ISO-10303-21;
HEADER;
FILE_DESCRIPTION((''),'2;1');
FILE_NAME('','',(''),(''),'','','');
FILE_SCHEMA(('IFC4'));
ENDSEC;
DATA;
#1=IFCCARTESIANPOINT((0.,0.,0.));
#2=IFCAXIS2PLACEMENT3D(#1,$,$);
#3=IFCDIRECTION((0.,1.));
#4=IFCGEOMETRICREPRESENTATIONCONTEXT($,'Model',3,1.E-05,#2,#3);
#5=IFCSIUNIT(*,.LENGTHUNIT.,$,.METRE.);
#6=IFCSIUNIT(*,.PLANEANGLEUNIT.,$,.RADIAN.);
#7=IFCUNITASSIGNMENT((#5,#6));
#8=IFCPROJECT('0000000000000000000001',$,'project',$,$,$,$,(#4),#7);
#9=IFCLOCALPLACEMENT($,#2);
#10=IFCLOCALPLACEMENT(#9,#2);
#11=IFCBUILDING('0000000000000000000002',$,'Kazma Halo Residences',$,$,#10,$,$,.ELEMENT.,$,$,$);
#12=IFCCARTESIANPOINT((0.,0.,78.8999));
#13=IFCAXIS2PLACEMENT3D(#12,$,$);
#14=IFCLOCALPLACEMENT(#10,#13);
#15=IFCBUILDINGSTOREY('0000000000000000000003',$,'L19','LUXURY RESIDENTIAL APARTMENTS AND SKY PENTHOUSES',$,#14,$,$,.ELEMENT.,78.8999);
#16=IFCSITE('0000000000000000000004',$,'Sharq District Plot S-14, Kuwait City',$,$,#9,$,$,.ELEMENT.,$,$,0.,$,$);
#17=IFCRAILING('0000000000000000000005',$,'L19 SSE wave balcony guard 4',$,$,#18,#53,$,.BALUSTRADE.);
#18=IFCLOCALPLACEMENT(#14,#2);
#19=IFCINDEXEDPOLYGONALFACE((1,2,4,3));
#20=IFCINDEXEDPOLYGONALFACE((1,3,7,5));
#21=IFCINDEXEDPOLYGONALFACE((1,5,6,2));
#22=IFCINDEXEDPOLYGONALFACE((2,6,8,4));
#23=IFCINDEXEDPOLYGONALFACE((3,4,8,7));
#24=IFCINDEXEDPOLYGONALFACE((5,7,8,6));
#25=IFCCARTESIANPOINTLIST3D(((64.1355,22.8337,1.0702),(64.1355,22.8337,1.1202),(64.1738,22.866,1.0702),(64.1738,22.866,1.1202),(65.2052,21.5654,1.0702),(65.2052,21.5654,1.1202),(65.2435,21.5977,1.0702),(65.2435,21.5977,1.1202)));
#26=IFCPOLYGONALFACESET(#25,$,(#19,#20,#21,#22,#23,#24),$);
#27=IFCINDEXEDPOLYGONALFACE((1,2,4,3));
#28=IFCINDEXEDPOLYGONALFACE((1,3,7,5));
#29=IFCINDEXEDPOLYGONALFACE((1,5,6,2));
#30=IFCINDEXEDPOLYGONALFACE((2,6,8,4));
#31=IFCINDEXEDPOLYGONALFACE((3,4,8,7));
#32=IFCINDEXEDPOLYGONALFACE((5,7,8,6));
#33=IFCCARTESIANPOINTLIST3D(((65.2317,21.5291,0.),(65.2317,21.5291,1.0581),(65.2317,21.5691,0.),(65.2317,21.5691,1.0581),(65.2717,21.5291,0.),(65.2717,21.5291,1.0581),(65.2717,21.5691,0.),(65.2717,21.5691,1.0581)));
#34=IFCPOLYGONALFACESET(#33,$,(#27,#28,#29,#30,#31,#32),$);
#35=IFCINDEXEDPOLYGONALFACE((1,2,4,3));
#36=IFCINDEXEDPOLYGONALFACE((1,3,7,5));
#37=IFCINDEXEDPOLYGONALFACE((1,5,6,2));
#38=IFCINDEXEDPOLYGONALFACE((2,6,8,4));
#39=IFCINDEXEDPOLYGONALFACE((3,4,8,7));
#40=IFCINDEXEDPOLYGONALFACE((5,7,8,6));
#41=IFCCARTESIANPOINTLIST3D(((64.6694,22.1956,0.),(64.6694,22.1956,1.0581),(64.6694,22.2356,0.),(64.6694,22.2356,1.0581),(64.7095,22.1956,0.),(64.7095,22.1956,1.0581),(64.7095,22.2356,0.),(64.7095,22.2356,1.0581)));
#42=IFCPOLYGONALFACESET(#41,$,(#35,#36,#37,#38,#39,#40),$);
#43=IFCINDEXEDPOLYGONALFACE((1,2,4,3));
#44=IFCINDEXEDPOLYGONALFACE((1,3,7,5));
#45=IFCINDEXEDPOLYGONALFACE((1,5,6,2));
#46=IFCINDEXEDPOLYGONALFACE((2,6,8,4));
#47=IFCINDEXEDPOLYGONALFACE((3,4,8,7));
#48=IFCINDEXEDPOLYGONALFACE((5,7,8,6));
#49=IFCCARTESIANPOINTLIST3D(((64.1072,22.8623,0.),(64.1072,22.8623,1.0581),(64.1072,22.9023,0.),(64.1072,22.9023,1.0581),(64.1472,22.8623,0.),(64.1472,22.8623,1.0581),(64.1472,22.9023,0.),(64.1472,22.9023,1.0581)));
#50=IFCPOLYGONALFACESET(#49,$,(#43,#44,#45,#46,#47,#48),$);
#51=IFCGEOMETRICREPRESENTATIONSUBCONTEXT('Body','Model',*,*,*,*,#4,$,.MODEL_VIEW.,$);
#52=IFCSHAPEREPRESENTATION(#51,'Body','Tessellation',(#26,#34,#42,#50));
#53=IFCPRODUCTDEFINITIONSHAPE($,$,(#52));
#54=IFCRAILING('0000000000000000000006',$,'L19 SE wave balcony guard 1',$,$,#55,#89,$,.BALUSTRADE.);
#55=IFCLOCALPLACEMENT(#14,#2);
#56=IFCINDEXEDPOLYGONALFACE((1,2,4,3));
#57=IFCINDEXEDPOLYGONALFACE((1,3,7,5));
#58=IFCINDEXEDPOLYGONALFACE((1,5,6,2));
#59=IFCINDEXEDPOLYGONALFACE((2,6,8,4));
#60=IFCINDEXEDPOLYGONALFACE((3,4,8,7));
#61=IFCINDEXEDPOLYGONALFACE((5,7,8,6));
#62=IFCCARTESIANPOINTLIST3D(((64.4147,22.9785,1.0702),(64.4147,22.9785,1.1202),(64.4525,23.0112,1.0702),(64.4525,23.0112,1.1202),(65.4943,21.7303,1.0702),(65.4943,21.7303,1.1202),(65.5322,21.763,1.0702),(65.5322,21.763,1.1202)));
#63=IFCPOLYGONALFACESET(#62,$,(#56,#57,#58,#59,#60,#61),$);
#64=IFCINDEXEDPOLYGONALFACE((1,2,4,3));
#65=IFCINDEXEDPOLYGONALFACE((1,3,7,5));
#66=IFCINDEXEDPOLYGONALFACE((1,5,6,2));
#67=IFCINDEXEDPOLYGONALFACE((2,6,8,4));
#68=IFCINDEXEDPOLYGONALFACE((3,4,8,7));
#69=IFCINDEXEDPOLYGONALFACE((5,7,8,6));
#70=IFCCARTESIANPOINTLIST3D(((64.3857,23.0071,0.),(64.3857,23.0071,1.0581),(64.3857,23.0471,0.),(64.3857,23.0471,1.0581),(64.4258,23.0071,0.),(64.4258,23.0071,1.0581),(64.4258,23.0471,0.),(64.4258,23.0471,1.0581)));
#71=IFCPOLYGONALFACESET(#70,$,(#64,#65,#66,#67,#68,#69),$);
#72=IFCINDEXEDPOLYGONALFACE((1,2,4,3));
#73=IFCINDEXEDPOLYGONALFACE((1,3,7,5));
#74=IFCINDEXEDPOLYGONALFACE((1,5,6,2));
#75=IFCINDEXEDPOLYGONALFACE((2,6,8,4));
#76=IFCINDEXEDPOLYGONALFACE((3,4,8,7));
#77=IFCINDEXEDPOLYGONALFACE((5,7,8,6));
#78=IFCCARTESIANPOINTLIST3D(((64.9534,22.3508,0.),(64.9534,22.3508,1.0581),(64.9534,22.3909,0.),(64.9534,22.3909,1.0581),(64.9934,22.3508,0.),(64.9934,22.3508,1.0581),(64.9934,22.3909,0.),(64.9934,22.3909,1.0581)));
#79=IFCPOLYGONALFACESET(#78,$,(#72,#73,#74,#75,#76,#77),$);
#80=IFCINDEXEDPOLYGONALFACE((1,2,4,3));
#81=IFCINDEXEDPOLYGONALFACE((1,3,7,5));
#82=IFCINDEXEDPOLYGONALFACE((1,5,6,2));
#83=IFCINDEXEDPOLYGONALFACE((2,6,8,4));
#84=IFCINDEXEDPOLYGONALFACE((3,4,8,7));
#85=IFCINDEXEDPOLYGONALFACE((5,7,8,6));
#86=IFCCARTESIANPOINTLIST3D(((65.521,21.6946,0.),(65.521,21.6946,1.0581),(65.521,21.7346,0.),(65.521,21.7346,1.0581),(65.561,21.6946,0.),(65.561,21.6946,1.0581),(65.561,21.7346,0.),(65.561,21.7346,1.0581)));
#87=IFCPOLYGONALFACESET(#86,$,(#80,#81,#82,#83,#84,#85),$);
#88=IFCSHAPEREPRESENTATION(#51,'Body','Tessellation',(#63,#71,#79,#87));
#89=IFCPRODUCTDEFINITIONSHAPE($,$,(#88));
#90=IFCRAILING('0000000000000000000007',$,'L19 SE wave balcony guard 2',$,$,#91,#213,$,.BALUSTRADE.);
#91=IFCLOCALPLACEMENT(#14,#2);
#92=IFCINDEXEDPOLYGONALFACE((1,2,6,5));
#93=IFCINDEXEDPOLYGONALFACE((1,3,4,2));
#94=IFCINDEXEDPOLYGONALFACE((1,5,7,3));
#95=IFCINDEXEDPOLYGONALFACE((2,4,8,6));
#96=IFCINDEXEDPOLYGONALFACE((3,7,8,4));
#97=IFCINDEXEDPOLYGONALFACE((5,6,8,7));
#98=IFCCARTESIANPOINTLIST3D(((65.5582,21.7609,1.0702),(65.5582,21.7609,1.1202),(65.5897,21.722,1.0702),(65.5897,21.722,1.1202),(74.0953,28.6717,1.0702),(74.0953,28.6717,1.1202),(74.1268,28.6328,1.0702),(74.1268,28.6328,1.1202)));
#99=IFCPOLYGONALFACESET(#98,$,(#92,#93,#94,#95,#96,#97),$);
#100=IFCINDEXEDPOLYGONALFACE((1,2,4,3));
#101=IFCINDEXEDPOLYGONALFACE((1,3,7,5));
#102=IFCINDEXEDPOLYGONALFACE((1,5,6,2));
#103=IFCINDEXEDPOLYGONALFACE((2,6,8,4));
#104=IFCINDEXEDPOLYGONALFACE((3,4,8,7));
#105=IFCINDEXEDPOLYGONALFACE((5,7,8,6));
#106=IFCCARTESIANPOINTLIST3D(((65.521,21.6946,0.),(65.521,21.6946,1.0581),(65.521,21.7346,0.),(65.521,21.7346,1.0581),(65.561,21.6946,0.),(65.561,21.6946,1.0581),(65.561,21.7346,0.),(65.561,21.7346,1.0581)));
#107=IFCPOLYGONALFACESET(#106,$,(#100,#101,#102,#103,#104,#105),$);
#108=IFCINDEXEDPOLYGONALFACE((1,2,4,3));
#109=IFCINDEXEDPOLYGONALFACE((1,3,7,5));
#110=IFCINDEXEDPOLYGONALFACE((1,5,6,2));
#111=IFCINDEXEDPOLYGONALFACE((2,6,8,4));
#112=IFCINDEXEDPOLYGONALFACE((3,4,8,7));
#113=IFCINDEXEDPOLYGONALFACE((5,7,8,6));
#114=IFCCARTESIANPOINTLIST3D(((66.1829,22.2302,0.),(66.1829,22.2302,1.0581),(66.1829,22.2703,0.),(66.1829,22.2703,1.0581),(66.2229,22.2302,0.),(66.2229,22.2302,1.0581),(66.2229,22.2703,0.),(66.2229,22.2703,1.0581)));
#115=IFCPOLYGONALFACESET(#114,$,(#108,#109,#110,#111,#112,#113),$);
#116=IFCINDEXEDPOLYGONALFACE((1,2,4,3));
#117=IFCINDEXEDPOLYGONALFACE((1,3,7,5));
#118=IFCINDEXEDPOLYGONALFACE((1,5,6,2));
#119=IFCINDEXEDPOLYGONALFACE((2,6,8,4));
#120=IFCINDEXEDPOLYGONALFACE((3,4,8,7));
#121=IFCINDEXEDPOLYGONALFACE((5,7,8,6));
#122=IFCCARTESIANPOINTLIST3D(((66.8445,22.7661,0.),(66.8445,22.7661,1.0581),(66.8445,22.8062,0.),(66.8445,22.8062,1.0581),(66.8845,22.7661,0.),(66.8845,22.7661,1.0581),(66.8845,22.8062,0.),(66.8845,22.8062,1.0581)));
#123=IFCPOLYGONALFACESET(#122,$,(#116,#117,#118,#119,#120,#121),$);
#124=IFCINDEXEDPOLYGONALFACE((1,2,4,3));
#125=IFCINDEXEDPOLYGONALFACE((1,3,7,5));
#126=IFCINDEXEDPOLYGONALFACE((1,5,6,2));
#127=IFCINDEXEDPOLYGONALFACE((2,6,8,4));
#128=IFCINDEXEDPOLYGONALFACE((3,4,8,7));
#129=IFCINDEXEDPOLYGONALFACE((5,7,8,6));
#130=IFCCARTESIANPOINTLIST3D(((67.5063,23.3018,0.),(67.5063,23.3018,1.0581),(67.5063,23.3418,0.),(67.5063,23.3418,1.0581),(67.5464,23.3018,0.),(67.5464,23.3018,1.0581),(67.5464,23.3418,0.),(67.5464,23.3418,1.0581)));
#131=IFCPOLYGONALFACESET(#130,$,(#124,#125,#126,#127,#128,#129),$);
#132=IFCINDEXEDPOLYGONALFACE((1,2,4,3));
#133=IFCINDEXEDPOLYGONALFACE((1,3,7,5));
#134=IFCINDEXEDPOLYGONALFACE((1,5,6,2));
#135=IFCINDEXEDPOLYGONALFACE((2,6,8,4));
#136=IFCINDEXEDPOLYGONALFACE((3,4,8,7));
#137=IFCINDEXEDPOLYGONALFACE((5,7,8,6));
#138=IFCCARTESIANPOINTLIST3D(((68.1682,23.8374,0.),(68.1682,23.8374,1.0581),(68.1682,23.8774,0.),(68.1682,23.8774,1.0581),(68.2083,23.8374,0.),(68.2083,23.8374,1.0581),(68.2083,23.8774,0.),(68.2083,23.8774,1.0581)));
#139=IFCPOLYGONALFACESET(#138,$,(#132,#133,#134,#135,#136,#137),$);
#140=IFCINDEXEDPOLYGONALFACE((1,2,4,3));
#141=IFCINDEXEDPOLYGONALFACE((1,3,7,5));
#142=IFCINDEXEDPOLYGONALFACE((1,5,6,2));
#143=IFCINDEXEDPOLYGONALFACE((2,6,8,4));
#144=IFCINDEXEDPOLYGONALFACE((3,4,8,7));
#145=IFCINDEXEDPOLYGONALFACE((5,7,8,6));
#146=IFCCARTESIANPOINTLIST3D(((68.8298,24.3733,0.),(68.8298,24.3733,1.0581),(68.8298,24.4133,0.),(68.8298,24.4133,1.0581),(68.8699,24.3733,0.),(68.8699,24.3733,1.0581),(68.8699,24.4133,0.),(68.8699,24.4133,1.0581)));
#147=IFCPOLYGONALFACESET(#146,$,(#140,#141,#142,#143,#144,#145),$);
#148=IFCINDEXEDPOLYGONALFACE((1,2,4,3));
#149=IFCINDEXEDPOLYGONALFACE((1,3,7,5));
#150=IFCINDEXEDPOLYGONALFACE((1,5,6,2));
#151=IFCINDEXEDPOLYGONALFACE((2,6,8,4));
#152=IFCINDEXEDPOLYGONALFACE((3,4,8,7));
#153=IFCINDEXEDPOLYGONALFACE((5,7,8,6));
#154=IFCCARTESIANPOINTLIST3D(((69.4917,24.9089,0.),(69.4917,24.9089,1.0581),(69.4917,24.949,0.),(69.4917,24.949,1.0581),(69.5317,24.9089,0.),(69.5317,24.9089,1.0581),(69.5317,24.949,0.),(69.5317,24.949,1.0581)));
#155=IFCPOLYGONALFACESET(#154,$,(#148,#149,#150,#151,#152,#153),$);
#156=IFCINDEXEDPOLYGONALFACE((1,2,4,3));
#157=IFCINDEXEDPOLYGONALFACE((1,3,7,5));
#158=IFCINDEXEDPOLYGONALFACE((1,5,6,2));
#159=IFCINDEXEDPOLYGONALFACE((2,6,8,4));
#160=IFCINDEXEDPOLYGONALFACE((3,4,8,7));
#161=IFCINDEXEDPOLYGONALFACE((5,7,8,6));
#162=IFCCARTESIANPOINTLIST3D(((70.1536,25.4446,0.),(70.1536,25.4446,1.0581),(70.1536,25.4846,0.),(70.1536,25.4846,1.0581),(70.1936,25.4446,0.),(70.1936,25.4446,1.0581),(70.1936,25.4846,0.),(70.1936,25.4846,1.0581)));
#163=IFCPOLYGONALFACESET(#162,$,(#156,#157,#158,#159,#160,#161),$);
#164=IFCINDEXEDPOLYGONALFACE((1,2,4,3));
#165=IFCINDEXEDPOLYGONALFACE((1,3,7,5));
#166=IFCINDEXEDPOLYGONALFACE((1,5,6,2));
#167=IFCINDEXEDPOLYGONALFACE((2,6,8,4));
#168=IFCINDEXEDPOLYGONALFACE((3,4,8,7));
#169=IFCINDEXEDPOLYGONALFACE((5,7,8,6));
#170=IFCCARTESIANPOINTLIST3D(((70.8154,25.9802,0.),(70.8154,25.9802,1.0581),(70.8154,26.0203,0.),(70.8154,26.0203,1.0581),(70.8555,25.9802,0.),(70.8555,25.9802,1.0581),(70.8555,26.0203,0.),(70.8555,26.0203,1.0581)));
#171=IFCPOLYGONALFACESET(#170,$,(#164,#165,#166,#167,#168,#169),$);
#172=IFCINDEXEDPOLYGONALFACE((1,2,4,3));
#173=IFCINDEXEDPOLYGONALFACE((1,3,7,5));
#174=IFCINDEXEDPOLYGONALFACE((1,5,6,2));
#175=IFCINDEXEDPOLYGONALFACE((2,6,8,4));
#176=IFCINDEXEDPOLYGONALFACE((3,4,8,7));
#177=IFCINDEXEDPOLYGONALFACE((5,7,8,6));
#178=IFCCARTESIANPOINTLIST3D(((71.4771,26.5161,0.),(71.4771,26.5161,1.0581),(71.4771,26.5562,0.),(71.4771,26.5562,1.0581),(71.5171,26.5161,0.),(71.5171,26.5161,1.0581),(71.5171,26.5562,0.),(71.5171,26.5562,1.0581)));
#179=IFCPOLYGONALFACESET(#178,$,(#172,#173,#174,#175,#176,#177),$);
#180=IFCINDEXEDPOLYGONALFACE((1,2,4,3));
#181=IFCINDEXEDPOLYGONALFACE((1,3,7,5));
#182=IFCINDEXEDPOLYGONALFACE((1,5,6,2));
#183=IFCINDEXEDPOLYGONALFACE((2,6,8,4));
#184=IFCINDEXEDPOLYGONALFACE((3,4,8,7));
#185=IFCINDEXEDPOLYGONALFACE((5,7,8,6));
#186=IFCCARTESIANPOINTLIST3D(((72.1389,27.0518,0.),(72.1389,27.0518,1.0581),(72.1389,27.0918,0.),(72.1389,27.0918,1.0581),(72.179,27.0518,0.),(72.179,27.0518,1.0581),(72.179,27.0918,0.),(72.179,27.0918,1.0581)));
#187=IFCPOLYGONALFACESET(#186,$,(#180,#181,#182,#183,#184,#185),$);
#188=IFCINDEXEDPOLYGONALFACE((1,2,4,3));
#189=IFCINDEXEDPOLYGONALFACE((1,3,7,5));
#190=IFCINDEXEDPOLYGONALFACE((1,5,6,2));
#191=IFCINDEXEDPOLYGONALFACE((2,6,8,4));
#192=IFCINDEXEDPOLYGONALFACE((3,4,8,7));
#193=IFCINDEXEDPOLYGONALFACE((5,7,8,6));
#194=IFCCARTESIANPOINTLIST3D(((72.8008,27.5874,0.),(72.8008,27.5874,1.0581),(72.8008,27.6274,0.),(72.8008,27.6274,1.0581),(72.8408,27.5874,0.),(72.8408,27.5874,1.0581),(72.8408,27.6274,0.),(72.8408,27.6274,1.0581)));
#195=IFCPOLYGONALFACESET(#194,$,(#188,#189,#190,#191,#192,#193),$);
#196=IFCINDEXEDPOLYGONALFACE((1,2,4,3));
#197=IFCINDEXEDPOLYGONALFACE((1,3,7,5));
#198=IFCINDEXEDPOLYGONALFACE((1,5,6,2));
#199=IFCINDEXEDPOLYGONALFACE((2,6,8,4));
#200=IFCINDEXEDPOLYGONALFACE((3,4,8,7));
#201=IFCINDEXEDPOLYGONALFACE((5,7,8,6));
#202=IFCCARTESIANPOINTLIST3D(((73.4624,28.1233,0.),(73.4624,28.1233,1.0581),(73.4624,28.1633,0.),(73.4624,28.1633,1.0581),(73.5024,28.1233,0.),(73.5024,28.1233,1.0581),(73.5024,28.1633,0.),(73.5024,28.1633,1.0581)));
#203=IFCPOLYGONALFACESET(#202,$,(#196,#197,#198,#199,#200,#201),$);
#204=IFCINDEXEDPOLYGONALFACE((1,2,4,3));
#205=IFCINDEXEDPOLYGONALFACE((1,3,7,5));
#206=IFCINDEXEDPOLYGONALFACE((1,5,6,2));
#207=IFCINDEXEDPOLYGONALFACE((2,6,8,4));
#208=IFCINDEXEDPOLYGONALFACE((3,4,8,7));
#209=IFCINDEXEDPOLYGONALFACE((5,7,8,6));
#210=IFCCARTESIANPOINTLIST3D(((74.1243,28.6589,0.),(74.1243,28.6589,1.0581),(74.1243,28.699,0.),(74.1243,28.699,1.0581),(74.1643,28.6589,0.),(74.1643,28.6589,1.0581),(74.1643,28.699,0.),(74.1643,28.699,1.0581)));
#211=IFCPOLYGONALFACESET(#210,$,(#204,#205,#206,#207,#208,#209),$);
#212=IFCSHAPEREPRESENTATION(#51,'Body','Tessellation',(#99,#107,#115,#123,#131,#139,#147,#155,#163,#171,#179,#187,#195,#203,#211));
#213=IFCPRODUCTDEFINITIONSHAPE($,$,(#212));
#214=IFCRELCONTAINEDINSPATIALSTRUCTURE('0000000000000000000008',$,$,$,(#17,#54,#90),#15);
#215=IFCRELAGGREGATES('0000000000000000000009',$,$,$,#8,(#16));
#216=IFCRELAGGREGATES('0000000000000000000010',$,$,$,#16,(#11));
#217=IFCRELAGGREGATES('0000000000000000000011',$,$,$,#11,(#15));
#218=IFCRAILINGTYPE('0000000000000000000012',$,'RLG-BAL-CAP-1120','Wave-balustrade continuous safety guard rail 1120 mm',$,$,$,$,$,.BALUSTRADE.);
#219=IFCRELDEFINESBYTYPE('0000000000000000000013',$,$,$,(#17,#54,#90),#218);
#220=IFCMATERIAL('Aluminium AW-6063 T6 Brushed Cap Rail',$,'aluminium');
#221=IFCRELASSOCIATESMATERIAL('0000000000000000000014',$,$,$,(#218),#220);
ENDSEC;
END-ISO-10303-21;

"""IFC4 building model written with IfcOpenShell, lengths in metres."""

from ifc_helpers import new_model, si_unit, direction, frame, origin, origin_2d, place, context, subcontext, project, spatial, rectangle, extrude, material, type_object, element, save


model = new_model("IFC4")

# Units and contexts
model_context = context("Model", 3, precision=1e-05, world=origin(), true_north=direction((0.0, 1.0)))
body_context = subcontext(model_context, "Body", "Model", "MODEL_VIEW")
ifc_project = project(units=[si_unit("LENGTHUNIT", "METRE"), si_unit("PLANEANGLEUNIT", "RADIAN")], contexts=[model_context])

# Site, building, storey
site_placement = place(None, origin())
site = spatial("IfcSite", under=ifc_project, at=site_placement, Name="Sharq District Plot S-14, Kuwait City", CompositionType="ELEMENT", RefElevation=0.0)
building_placement = place(site_placement, origin())
building = spatial("IfcBuilding", under=site, at=building_placement, Name="Kazma Halo Residences", CompositionType="ELEMENT")
storey_placement = place(building_placement, frame((0.0, 0.0, 78.8999)))
storey = spatial("IfcBuildingStorey", under=building, at=storey_placement, Name="L19", Description="LUXURY RESIDENTIAL APARTMENTS AND SKY PENTHOUSES", CompositionType="ELEMENT", Elevation=78.8999)

# Railings
ifc_material_1 = material(Name="Aluminium AW-6063 T6 Brushed Cap Rail", Category="aluminium")
railing_type = type_object("IfcRailingType", Name="RLG-BAL-CAP-1120", Description="Wave-balustrade continuous safety guard rail 1120 mm", PredefinedType="BALUSTRADE", material=ifc_material_1)
railing_1_placement = place(storey_placement, frame((65.2517, 21.5491, 0.0)))
element("IfcRailing", 1, at=railing_1_placement, inside=storey, type_object=railing_type, Name="L19 SSE wave balcony guard 4", PredefinedType="BALUSTRADE", context=body_context, shape_type="SweptSolid", body=[
    extrude(rectangle(XDim=0.05, YDim=0.05, at=origin_2d()), frame((-0.0273, 0.0325, 1.0952), z_axis=(-0.64473, 0.76441, 0.0), x_axis=(-0.76441, -0.64473, 0.0)), (0.0, 0.0, 1.0), 1.6592),
    extrude(rectangle(XDim=0.04, YDim=0.04, at=origin_2d()), origin(), (0.0, 0.0, 1.0), 1.0581),
    extrude(rectangle(XDim=0.04, YDim=0.04, at=origin_2d()), frame((-0.5623, 0.6665, 0.0)), (0.0, 0.0, 1.0), 1.0581),
    extrude(rectangle(XDim=0.04, YDim=0.04, at=origin_2d()), frame((-1.1245, 1.3333, 0.0)), (0.0, 0.0, 1.0), 1.0581),
])
railing_2_placement = place(storey_placement, frame((64.4058, 23.0271, 0.0)))
element("IfcRailing", 2, at=railing_2_placement, inside=storey, type_object=railing_type, Name="L19 SE wave balcony guard 1", PredefinedType="BALUSTRADE", context=body_context, shape_type="SweptSolid", body=[
    extrude(rectangle(XDim=0.05, YDim=0.05, at=origin_2d()), frame((0.0278, -0.0322, 1.0952), z_axis=(0.654191, -0.756329, 0.0), x_axis=(0.756329, 0.654191, 0.0)), (0.0, 0.0, 1.0), 1.6504),
    extrude(rectangle(XDim=0.04, YDim=0.04, at=origin_2d()), origin(), (0.0, 0.0, 1.0), 1.0581),
    extrude(rectangle(XDim=0.04, YDim=0.04, at=origin_2d()), frame((0.5676, -0.6562, 0.0)), (0.0, 0.0, 1.0), 1.0581),
    extrude(rectangle(XDim=0.04, YDim=0.04, at=origin_2d()), frame((1.1353, -1.3125, 0.0)), (0.0, 0.0, 1.0), 1.0581),
])
railing_3_placement = place(storey_placement, frame((65.541, 21.7146, 0.0)))
element("IfcRailing", 3, at=railing_3_placement, inside=storey, type_object=railing_type, Name="L19 SE wave balcony guard 2", PredefinedType="BALUSTRADE", context=body_context, shape_type="SweptSolid", body=[
    extrude(rectangle(XDim=0.05, YDim=0.05, at=origin_2d()), frame((0.033, 0.0269, 1.0952), z_axis=(0.777254, 0.629187, 0.0), x_axis=(-0.629187, 0.777254, 0.0)), (0.0, 0.0, 1.0), 10.9836),
    extrude(rectangle(XDim=0.04, YDim=0.04, at=origin_2d()), origin(), (0.0, 0.0, 1.0), 1.0581),
    extrude(rectangle(XDim=0.04, YDim=0.04, at=origin_2d()), frame((0.6619, 0.5356, 0.0)), (0.0, 0.0, 1.0), 1.0581),
    extrude(rectangle(XDim=0.04, YDim=0.04, at=origin_2d()), frame((1.3235, 1.0715, 0.0)), (0.0, 0.0, 1.0), 1.0581),
    extrude(rectangle(XDim=0.04, YDim=0.04, at=origin_2d()), frame((1.9854, 1.6072, 0.0)), (0.0, 0.0, 1.0), 1.0581),
    extrude(rectangle(XDim=0.04, YDim=0.04, at=origin_2d()), frame((2.6472, 2.1428, 0.0)), (0.0, 0.0, 1.0), 1.0581),
    extrude(rectangle(XDim=0.04, YDim=0.04, at=origin_2d()), frame((3.3088, 2.6787, 0.0)), (0.0, 0.0, 1.0), 1.0581),
    extrude(rectangle(XDim=0.04, YDim=0.04, at=origin_2d()), frame((3.9707, 3.2144, 0.0)), (0.0, 0.0, 1.0), 1.0581),
    extrude(rectangle(XDim=0.04, YDim=0.04, at=origin_2d()), frame((4.6326, 3.75, 0.0)), (0.0, 0.0, 1.0), 1.0581),
    extrude(rectangle(XDim=0.04, YDim=0.04, at=origin_2d()), frame((5.2944, 4.2856, 0.0)), (0.0, 0.0, 1.0), 1.0581),
    extrude(rectangle(XDim=0.04, YDim=0.04, at=origin_2d()), frame((5.9561, 4.8215, 0.0)), (0.0, 0.0, 1.0), 1.0581),
    extrude(rectangle(XDim=0.04, YDim=0.04, at=origin_2d()), frame((6.6179, 5.3572, 0.0)), (0.0, 0.0, 1.0), 1.0581),
    extrude(rectangle(XDim=0.04, YDim=0.04, at=origin_2d()), frame((7.2798, 5.8928, 0.0)), (0.0, 0.0, 1.0), 1.0581),
    extrude(rectangle(XDim=0.04, YDim=0.04, at=origin_2d()), frame((7.9414, 6.4287, 0.0)), (0.0, 0.0, 1.0), 1.0581),
    extrude(rectangle(XDim=0.04, YDim=0.04, at=origin_2d()), frame((8.6033, 6.9644, 0.0)), (0.0, 0.0, 1.0), 1.0581),
])

save(model, "model.ifc")
